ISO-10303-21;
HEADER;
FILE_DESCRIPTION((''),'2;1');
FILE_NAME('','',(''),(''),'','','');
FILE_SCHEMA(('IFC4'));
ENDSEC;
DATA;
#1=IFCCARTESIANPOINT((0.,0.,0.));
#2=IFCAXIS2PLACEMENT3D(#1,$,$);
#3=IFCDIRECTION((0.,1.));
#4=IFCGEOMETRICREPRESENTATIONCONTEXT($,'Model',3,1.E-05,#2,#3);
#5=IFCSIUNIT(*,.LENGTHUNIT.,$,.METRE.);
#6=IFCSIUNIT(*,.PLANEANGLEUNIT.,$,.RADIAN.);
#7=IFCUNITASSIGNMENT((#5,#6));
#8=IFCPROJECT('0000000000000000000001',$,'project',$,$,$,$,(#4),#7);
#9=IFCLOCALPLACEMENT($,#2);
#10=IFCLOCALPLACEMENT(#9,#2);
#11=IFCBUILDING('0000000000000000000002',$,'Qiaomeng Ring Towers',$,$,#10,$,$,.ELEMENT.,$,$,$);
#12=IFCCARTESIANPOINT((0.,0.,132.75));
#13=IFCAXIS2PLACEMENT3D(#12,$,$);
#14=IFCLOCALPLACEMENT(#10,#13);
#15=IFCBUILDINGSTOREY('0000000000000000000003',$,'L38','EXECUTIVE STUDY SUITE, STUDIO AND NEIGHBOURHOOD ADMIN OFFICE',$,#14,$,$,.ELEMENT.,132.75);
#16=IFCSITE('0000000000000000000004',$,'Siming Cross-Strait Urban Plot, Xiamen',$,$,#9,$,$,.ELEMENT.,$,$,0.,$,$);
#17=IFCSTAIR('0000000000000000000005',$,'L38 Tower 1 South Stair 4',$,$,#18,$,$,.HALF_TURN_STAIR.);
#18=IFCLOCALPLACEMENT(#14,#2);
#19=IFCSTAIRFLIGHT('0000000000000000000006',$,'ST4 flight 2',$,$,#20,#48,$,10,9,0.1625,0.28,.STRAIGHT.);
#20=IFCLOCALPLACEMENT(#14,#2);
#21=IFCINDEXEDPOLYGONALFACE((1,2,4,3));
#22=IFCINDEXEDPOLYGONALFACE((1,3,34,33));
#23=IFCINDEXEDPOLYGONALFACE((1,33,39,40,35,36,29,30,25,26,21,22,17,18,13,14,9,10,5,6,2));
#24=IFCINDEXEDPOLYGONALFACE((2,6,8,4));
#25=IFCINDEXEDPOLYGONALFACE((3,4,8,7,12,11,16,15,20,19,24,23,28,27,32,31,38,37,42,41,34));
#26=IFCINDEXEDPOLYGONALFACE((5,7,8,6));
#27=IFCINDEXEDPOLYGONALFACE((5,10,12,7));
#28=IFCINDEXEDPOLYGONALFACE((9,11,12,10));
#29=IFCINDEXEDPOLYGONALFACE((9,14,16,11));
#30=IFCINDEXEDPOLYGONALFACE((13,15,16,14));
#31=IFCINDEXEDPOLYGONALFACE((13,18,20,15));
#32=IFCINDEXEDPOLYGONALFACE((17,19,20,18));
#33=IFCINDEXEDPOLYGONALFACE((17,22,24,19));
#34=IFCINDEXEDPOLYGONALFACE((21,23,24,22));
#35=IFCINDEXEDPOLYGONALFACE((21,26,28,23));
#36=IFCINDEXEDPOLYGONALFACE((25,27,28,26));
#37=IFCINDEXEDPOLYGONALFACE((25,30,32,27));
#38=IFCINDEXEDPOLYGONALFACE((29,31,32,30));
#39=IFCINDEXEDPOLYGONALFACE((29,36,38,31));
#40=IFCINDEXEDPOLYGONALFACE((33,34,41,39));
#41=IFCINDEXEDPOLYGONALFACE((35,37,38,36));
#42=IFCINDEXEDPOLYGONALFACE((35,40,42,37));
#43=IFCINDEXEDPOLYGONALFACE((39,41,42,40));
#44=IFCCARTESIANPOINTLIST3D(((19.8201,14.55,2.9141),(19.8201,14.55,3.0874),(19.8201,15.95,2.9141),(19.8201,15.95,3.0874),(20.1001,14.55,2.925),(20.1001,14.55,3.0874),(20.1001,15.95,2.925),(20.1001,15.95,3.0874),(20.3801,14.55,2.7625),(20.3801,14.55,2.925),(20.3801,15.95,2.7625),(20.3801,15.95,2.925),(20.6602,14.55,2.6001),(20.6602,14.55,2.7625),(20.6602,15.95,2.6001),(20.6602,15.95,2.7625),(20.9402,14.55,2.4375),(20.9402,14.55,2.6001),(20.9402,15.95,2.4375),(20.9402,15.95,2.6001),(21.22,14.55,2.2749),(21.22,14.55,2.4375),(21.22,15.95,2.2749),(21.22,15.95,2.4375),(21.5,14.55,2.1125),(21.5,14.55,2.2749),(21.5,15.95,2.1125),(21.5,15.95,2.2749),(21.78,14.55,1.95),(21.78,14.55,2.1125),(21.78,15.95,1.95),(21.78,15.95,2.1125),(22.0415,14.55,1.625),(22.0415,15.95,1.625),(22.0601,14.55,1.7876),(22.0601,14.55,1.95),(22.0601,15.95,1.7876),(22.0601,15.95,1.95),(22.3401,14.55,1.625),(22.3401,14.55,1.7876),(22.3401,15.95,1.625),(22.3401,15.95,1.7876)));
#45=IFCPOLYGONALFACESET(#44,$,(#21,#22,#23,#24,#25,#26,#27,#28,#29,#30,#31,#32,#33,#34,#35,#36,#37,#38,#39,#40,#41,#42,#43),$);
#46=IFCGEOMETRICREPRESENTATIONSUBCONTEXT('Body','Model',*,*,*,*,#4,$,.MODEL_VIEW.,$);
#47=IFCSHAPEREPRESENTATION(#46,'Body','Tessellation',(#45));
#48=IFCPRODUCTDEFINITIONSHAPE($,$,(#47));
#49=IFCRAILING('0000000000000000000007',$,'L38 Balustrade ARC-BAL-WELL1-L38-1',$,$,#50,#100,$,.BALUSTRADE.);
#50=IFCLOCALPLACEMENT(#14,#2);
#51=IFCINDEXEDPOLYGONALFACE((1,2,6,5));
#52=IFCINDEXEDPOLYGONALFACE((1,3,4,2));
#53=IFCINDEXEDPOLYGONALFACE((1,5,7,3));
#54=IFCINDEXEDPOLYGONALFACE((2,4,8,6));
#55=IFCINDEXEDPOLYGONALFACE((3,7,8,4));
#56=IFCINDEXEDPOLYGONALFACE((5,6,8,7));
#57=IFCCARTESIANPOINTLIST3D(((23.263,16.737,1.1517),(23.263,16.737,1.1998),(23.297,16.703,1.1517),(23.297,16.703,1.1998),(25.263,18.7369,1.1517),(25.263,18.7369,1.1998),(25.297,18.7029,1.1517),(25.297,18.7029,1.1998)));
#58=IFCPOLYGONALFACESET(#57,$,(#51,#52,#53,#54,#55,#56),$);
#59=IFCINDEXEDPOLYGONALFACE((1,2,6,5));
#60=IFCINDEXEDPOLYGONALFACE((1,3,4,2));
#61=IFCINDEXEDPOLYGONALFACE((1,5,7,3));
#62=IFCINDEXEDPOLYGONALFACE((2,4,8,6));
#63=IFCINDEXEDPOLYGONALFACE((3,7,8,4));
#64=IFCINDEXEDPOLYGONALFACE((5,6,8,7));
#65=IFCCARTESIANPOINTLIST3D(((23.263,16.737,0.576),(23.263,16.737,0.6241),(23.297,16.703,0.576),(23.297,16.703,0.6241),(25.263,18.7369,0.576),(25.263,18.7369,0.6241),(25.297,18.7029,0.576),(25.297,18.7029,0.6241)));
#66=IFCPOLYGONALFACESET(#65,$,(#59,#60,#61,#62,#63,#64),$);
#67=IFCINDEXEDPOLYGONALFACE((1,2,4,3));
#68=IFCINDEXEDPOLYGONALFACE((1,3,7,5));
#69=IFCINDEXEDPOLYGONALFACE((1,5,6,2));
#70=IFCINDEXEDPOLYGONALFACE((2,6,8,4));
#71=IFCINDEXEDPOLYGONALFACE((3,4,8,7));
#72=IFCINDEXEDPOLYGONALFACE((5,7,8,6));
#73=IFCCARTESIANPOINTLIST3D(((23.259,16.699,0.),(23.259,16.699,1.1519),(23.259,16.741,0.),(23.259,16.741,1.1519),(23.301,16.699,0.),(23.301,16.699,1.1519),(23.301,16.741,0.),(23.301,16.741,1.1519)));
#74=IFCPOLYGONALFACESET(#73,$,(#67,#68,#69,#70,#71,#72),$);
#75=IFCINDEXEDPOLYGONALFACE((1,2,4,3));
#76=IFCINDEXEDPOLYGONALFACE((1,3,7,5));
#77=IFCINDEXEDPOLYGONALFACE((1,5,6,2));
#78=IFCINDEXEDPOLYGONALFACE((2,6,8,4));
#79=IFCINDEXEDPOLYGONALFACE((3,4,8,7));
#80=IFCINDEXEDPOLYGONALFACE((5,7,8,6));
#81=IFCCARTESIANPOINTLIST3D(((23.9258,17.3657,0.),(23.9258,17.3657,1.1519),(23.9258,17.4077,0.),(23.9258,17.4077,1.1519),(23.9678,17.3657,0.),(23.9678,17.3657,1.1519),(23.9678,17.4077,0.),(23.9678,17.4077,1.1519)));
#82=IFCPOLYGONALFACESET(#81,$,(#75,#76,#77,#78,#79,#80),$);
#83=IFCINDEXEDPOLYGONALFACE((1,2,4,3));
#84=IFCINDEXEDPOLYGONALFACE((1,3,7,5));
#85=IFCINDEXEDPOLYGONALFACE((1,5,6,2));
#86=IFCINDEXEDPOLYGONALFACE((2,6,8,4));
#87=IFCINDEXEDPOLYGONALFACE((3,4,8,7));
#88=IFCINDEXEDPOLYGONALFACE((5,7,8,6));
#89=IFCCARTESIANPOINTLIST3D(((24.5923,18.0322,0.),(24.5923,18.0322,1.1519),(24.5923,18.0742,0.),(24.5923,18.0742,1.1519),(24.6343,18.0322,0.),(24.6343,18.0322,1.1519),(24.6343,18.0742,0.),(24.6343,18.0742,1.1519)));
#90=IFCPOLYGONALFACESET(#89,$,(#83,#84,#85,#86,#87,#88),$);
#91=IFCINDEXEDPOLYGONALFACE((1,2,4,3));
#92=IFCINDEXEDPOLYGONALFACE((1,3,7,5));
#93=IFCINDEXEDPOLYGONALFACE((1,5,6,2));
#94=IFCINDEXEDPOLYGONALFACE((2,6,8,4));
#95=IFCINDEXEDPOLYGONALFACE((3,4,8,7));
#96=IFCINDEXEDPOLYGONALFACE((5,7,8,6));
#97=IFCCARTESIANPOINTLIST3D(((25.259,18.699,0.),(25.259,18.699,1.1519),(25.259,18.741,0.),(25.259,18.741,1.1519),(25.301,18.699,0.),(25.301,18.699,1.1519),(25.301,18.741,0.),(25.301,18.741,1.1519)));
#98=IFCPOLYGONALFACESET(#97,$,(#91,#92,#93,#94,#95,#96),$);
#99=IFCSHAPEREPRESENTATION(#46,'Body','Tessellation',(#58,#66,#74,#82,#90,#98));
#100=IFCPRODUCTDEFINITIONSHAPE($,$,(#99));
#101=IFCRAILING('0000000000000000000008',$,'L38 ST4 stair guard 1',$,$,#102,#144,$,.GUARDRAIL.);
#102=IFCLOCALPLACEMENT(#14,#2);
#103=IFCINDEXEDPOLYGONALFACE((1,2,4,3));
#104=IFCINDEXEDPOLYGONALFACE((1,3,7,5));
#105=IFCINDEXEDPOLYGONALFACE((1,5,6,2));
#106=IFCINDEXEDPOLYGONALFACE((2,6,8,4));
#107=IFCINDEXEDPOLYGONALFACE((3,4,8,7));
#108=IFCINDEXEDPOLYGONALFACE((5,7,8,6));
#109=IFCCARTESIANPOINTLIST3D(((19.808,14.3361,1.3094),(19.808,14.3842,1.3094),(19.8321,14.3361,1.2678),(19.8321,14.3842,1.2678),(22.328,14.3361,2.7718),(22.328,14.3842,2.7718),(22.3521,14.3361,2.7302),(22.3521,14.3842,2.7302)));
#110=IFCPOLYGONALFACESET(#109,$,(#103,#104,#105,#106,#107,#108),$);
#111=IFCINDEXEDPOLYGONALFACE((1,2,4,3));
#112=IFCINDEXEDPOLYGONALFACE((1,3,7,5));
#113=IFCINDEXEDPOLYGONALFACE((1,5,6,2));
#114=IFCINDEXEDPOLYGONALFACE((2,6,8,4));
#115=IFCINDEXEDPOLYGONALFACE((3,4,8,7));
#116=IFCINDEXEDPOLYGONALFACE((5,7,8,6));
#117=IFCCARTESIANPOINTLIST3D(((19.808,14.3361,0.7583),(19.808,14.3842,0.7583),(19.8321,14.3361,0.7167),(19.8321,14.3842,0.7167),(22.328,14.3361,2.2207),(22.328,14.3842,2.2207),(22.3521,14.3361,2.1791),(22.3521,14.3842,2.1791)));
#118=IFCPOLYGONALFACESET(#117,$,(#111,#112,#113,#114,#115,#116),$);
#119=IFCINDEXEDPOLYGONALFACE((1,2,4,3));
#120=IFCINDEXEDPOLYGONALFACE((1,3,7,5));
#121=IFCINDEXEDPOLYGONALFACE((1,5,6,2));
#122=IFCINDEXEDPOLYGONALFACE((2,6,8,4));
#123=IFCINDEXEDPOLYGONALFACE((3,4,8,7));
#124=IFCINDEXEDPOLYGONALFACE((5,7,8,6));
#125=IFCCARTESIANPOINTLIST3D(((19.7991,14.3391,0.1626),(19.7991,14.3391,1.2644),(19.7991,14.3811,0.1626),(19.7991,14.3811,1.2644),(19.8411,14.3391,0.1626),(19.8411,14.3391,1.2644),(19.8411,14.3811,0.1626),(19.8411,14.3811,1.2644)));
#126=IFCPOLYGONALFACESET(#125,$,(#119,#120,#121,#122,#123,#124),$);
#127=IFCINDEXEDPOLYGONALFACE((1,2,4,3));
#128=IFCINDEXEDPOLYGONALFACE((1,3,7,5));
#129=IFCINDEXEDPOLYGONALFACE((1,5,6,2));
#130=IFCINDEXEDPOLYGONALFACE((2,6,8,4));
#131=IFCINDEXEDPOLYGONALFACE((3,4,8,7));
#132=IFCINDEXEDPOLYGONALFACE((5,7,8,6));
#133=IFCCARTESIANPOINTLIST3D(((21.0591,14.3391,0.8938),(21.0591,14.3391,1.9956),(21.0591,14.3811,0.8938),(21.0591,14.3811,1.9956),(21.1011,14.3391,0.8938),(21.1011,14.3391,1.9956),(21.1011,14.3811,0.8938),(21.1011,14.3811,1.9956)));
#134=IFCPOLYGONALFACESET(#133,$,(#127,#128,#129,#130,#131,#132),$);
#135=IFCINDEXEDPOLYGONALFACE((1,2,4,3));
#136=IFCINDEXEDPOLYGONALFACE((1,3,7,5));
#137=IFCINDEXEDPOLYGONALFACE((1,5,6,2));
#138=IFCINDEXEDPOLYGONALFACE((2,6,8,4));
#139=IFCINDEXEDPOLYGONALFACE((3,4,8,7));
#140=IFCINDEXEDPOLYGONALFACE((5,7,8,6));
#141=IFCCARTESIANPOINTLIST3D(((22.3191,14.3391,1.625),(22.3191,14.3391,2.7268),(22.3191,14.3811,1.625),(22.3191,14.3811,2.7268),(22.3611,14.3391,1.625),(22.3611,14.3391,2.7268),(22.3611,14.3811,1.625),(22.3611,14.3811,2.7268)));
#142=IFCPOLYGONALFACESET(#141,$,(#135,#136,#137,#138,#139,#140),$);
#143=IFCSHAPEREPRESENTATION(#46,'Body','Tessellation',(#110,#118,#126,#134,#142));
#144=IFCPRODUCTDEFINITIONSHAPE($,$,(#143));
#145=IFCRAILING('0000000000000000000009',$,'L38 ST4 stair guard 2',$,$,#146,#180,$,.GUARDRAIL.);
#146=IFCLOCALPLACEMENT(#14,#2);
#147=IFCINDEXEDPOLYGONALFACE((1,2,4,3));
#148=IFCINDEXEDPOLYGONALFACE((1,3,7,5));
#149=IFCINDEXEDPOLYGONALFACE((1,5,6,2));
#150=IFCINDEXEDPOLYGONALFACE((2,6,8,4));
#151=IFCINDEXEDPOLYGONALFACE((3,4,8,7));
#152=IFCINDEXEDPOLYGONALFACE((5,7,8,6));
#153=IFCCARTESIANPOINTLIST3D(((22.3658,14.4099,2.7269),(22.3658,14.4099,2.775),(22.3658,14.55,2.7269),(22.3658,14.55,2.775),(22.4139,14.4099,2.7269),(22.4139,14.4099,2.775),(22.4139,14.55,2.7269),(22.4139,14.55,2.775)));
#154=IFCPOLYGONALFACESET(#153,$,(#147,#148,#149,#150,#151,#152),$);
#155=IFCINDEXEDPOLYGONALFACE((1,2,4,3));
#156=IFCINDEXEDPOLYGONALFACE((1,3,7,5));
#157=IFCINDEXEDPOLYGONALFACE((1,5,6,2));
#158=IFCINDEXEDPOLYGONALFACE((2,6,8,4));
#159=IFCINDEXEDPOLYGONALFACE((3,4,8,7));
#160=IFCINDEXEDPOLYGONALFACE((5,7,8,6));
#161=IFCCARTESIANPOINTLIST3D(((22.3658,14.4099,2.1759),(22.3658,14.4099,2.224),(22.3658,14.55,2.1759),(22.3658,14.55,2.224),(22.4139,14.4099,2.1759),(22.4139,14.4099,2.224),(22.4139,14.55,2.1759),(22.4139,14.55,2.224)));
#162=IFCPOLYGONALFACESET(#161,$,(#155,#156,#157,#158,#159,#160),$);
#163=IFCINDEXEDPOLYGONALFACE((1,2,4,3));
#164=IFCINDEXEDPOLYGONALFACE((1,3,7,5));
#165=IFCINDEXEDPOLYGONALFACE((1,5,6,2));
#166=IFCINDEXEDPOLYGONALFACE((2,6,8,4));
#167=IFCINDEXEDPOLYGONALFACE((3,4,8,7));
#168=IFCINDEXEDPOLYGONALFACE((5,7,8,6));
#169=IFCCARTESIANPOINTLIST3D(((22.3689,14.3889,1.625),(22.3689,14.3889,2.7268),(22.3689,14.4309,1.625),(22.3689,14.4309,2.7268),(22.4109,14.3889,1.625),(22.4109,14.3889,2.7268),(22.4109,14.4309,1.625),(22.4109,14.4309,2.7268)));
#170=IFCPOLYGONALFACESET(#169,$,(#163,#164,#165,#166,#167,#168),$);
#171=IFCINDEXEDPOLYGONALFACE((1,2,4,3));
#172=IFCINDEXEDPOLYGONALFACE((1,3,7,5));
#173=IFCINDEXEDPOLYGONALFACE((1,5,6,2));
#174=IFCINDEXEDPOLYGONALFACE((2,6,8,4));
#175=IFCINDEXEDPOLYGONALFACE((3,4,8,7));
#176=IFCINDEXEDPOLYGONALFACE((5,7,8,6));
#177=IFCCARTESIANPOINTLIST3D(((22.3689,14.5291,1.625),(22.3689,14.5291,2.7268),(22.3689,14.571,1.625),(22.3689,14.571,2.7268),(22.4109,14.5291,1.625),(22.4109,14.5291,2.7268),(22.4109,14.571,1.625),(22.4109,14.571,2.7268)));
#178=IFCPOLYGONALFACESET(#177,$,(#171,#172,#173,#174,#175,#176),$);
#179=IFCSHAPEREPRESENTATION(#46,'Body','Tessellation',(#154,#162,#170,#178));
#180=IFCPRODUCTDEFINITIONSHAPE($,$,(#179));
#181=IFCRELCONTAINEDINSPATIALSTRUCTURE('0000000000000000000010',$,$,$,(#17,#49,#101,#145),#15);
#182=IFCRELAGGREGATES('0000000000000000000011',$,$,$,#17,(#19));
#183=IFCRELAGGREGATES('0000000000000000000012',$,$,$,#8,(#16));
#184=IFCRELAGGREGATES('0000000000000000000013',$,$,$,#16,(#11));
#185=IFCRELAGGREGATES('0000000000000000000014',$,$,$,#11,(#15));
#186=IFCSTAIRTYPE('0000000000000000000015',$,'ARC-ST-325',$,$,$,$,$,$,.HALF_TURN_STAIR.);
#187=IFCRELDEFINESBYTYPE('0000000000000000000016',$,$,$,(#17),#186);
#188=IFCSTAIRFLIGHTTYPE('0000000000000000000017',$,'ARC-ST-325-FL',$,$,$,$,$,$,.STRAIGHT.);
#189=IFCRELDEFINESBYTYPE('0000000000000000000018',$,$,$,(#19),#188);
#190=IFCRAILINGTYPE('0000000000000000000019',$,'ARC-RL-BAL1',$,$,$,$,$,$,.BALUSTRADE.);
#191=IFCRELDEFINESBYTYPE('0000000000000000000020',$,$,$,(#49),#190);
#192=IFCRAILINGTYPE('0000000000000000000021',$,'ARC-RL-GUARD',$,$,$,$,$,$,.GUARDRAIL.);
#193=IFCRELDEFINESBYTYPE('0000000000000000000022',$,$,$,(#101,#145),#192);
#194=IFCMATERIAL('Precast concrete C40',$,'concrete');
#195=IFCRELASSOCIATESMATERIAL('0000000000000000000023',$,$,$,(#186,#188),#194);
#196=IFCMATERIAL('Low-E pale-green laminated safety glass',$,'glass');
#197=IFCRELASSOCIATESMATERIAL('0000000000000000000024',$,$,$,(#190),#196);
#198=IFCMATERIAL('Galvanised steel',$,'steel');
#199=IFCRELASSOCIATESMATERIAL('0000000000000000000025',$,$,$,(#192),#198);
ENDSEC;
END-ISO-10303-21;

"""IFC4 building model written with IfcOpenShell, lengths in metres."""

from ifc_helpers import new_model, si_unit, direction, frame, origin, origin_2d, place, context, subcontext, project, spatial, polyline, rectangle, outline, extrude, source, transform, mapped, material, type_object, element, aggregate, save


model = new_model("IFC4")

# Units and contexts
model_context = context("Model", 3, precision=1e-05, world=origin(), true_north=direction((0.0, 1.0)))
body_context = subcontext(model_context, "Body", "Model", "MODEL_VIEW")
ifc_project = project(units=[si_unit("LENGTHUNIT", "METRE"), si_unit("PLANEANGLEUNIT", "RADIAN")], contexts=[model_context])

# Site, building, storey
site_placement = place(None, origin())
site = spatial("IfcSite", under=ifc_project, at=site_placement, Name="Siming Cross-Strait Urban Plot, Xiamen", CompositionType="ELEMENT", RefElevation=0.0)
building_placement = place(site_placement, origin())
building = spatial("IfcBuilding", under=site, at=building_placement, Name="Qiaomeng Ring Towers", CompositionType="ELEMENT")
storey_placement = place(building_placement, frame((0.0, 0.0, 132.75)))
storey = spatial("IfcBuildingStorey", under=building, at=storey_placement, Name="L38", Description="EXECUTIVE STUDY SUITE, STUDIO AND NEIGHBOURHOOD ADMIN OFFICE", CompositionType="ELEMENT", Elevation=132.75)

# Shared definitions
ifc_material_1 = material(Name="Galvanised steel", Category="steel")

# Stair, stair flight
ifc_material_2 = material(Name="Precast concrete C40", Category="concrete")
stair_type = type_object("IfcStairType", Name="ARC-ST-325", PredefinedType="HALF_TURN_STAIR", material=ifc_material_2)
stair_placement = place(storey_placement, origin())
stair = element("IfcStair", 1, at=stair_placement, inside=storey, type_object=stair_type, Name="L38 Tower 1 South Stair 4", PredefinedType="HALF_TURN_STAIR")
stair_flight_type = type_object("IfcStairFlightType", Name="ARC-ST-325-FL", PredefinedType="STRAIGHT", material=ifc_material_2)
shared_shape_1 = source(origin(), body_context, "Body", "SweptSolid", [
    extrude(outline(polyline([(0.0, 0.0), (0.0, 0.1626), (0.28, 0.1626), (0.28, 0.325), (0.5601, 0.325), (0.5601, 0.4875), (0.8401, 0.4875), (0.8401, 0.6499), (1.1201, 0.6499), (1.1201, 0.8125), (1.3999, 0.8125), (1.3999, 0.9751), (1.6799, 0.9751), (1.6799, 1.1375), (1.96, 1.1375), (1.96, 1.3), (2.24, 1.3), (2.24, 1.4624), (2.52, 1.4624), (2.52, 1.625), (2.52, 1.2891), (0.2986, 0.0), (0.0, 0.0)])), frame((0.0, 0.7, 0.0), z_axis=(0.0, -1.0, 0.0), x_axis=(1.0, 0.0, 0.0)), (0.0, 0.0, 1.0), 1.3999),
])
stair_flight_1_placement = place(storey_placement, frame((22.3401, 15.25, 1.625), z_axis=(0.0, 0.0, 1.0), x_axis=(-1.0, 0.0, 0.0)))
stair_flight_1 = element("IfcStairFlight", 2, at=stair_flight_1_placement, type_object=stair_flight_type, Name="ST4 flight 2", NumberOfRisers=10, NumberOfTreads=9, PredefinedType="STRAIGHT", RiserHeight=0.1625, TreadLength=0.28, context=body_context, shape_type="MappedRepresentation", body=[
    mapped(shared_shape_1, transform((0.0, 0.0, 0.0), x_axis=(1.0, 0.0, 0.0), y_axis=(0.0, 1.0, 0.0), z_axis=(0.0, 0.0, 1.0), scale=1.0)),
])
aggregate(stair, [stair_flight_1])

# Railings
ifc_material_3 = material(Name="Low-E pale-green laminated safety glass", Category="glass")
railing_type_1 = type_object("IfcRailingType", Name="ARC-RL-BAL1", PredefinedType="BALUSTRADE", material=ifc_material_3)
railing_1_placement = place(storey_placement, frame((23.28, 16.72, 0.0)))
element("IfcRailing", 3, at=railing_1_placement, inside=storey, type_object=railing_type_1, Name="L38 Balustrade ARC-BAL-WELL1-L38-1", PredefinedType="BALUSTRADE", context=body_context, shape_type="SweptSolid", body=[
    extrude(rectangle(XDim=0.0481, YDim=0.0481, at=origin_2d()), frame((0.0, 0.0, 1.1758), z_axis=(0.707107, 0.707107, 0.0), x_axis=(-0.707107, 0.707107, 0.0)), (0.0, 0.0, 1.0), 2.8284),
    extrude(rectangle(XDim=0.0481, YDim=0.0481, at=origin_2d()), frame((0.0, 0.0, 0.6001), z_axis=(0.707107, 0.707107, 0.0), x_axis=(-0.707107, 0.707107, 0.0)), (0.0, 0.0, 1.0), 2.8284),
    extrude(rectangle(XDim=0.042, YDim=0.042, at=origin_2d()), origin(), (0.0, 0.0, 1.0), 1.1519),
    extrude(rectangle(XDim=0.042, YDim=0.042, at=origin_2d()), frame((0.6667, 0.6667, 0.0)), (0.0, 0.0, 1.0), 1.1519),
    extrude(rectangle(XDim=0.042, YDim=0.042, at=origin_2d()), frame((1.3333, 1.3333, 0.0)), (0.0, 0.0, 1.0), 1.1519),
    extrude(rectangle(XDim=0.042, YDim=0.042, at=origin_2d()), frame((2.0, 2.0, 0.0)), (0.0, 0.0, 1.0), 1.1519),
])
railing_type_2 = type_object("IfcRailingType", Name="ARC-RL-GUARD", PredefinedType="GUARDRAIL", material=ifc_material_1)
railing_2_placement = place(storey_placement, frame((19.8201, 14.3601, 0.1626)))
element("IfcRailing", 4, at=railing_2_placement, inside=storey, type_object=railing_type_2, Name="L38 ST4 stair guard 1", PredefinedType="GUARDRAIL", context=body_context, shape_type="SweptSolid", body=[
    extrude(rectangle(XDim=0.0481, YDim=0.0481, at=origin_2d()), frame((0.0, 0.0, 1.126), z_axis=(0.864913, 0.0, 0.501921), x_axis=(0.0, 1.0, 0.0)), (0.0, 0.0, 1.0), 2.9136),
    extrude(rectangle(XDim=0.0481, YDim=0.0481, at=origin_2d()), frame((0.0, 0.0, 0.575), z_axis=(0.864913, 0.0, 0.501921), x_axis=(0.0, 1.0, 0.0)), (0.0, 0.0, 1.0), 2.9136),
    extrude(rectangle(XDim=0.042, YDim=0.042, at=origin_2d()), origin(), (0.0, 0.0, 1.0), 1.1018),
    extrude(rectangle(XDim=0.042, YDim=0.042, at=origin_2d()), frame((1.26, 0.0, 0.7312)), (0.0, 0.0, 1.0), 1.1018),
    extrude(rectangle(XDim=0.042, YDim=0.042, at=origin_2d()), frame((2.52, 0.0, 1.4624)), (0.0, 0.0, 1.0), 1.1018),
])
railing_3_placement = place(storey_placement, frame((22.3899, 14.4099, 1.625)))
element("IfcRailing", 5, at=railing_3_placement, inside=storey, type_object=railing_type_2, Name="L38 ST4 stair guard 2", PredefinedType="GUARDRAIL", context=body_context, shape_type="SweptSolid", body=[
    extrude(rectangle(XDim=0.0481, YDim=0.0481, at=origin_2d()), frame((0.0, 0.0, 1.126), z_axis=(0.0, 1.0, 0.0), x_axis=(-1.0, 0.0, 0.0)), (0.0, 0.0, 1.0), 0.1401),
    extrude(rectangle(XDim=0.0481, YDim=0.0481, at=origin_2d()), frame((0.0, 0.0, 0.575), z_axis=(0.0, 1.0, 0.0), x_axis=(-1.0, 0.0, 0.0)), (0.0, 0.0, 1.0), 0.1401),
    extrude(rectangle(XDim=0.042, YDim=0.042, at=origin_2d()), origin(), (0.0, 0.0, 1.0), 1.1018),
    extrude(rectangle(XDim=0.042, YDim=0.042, at=origin_2d()), frame((0.0, 0.1401, 0.0)), (0.0, 0.0, 1.0), 1.1018),
])

save(model, "model.ifc")
